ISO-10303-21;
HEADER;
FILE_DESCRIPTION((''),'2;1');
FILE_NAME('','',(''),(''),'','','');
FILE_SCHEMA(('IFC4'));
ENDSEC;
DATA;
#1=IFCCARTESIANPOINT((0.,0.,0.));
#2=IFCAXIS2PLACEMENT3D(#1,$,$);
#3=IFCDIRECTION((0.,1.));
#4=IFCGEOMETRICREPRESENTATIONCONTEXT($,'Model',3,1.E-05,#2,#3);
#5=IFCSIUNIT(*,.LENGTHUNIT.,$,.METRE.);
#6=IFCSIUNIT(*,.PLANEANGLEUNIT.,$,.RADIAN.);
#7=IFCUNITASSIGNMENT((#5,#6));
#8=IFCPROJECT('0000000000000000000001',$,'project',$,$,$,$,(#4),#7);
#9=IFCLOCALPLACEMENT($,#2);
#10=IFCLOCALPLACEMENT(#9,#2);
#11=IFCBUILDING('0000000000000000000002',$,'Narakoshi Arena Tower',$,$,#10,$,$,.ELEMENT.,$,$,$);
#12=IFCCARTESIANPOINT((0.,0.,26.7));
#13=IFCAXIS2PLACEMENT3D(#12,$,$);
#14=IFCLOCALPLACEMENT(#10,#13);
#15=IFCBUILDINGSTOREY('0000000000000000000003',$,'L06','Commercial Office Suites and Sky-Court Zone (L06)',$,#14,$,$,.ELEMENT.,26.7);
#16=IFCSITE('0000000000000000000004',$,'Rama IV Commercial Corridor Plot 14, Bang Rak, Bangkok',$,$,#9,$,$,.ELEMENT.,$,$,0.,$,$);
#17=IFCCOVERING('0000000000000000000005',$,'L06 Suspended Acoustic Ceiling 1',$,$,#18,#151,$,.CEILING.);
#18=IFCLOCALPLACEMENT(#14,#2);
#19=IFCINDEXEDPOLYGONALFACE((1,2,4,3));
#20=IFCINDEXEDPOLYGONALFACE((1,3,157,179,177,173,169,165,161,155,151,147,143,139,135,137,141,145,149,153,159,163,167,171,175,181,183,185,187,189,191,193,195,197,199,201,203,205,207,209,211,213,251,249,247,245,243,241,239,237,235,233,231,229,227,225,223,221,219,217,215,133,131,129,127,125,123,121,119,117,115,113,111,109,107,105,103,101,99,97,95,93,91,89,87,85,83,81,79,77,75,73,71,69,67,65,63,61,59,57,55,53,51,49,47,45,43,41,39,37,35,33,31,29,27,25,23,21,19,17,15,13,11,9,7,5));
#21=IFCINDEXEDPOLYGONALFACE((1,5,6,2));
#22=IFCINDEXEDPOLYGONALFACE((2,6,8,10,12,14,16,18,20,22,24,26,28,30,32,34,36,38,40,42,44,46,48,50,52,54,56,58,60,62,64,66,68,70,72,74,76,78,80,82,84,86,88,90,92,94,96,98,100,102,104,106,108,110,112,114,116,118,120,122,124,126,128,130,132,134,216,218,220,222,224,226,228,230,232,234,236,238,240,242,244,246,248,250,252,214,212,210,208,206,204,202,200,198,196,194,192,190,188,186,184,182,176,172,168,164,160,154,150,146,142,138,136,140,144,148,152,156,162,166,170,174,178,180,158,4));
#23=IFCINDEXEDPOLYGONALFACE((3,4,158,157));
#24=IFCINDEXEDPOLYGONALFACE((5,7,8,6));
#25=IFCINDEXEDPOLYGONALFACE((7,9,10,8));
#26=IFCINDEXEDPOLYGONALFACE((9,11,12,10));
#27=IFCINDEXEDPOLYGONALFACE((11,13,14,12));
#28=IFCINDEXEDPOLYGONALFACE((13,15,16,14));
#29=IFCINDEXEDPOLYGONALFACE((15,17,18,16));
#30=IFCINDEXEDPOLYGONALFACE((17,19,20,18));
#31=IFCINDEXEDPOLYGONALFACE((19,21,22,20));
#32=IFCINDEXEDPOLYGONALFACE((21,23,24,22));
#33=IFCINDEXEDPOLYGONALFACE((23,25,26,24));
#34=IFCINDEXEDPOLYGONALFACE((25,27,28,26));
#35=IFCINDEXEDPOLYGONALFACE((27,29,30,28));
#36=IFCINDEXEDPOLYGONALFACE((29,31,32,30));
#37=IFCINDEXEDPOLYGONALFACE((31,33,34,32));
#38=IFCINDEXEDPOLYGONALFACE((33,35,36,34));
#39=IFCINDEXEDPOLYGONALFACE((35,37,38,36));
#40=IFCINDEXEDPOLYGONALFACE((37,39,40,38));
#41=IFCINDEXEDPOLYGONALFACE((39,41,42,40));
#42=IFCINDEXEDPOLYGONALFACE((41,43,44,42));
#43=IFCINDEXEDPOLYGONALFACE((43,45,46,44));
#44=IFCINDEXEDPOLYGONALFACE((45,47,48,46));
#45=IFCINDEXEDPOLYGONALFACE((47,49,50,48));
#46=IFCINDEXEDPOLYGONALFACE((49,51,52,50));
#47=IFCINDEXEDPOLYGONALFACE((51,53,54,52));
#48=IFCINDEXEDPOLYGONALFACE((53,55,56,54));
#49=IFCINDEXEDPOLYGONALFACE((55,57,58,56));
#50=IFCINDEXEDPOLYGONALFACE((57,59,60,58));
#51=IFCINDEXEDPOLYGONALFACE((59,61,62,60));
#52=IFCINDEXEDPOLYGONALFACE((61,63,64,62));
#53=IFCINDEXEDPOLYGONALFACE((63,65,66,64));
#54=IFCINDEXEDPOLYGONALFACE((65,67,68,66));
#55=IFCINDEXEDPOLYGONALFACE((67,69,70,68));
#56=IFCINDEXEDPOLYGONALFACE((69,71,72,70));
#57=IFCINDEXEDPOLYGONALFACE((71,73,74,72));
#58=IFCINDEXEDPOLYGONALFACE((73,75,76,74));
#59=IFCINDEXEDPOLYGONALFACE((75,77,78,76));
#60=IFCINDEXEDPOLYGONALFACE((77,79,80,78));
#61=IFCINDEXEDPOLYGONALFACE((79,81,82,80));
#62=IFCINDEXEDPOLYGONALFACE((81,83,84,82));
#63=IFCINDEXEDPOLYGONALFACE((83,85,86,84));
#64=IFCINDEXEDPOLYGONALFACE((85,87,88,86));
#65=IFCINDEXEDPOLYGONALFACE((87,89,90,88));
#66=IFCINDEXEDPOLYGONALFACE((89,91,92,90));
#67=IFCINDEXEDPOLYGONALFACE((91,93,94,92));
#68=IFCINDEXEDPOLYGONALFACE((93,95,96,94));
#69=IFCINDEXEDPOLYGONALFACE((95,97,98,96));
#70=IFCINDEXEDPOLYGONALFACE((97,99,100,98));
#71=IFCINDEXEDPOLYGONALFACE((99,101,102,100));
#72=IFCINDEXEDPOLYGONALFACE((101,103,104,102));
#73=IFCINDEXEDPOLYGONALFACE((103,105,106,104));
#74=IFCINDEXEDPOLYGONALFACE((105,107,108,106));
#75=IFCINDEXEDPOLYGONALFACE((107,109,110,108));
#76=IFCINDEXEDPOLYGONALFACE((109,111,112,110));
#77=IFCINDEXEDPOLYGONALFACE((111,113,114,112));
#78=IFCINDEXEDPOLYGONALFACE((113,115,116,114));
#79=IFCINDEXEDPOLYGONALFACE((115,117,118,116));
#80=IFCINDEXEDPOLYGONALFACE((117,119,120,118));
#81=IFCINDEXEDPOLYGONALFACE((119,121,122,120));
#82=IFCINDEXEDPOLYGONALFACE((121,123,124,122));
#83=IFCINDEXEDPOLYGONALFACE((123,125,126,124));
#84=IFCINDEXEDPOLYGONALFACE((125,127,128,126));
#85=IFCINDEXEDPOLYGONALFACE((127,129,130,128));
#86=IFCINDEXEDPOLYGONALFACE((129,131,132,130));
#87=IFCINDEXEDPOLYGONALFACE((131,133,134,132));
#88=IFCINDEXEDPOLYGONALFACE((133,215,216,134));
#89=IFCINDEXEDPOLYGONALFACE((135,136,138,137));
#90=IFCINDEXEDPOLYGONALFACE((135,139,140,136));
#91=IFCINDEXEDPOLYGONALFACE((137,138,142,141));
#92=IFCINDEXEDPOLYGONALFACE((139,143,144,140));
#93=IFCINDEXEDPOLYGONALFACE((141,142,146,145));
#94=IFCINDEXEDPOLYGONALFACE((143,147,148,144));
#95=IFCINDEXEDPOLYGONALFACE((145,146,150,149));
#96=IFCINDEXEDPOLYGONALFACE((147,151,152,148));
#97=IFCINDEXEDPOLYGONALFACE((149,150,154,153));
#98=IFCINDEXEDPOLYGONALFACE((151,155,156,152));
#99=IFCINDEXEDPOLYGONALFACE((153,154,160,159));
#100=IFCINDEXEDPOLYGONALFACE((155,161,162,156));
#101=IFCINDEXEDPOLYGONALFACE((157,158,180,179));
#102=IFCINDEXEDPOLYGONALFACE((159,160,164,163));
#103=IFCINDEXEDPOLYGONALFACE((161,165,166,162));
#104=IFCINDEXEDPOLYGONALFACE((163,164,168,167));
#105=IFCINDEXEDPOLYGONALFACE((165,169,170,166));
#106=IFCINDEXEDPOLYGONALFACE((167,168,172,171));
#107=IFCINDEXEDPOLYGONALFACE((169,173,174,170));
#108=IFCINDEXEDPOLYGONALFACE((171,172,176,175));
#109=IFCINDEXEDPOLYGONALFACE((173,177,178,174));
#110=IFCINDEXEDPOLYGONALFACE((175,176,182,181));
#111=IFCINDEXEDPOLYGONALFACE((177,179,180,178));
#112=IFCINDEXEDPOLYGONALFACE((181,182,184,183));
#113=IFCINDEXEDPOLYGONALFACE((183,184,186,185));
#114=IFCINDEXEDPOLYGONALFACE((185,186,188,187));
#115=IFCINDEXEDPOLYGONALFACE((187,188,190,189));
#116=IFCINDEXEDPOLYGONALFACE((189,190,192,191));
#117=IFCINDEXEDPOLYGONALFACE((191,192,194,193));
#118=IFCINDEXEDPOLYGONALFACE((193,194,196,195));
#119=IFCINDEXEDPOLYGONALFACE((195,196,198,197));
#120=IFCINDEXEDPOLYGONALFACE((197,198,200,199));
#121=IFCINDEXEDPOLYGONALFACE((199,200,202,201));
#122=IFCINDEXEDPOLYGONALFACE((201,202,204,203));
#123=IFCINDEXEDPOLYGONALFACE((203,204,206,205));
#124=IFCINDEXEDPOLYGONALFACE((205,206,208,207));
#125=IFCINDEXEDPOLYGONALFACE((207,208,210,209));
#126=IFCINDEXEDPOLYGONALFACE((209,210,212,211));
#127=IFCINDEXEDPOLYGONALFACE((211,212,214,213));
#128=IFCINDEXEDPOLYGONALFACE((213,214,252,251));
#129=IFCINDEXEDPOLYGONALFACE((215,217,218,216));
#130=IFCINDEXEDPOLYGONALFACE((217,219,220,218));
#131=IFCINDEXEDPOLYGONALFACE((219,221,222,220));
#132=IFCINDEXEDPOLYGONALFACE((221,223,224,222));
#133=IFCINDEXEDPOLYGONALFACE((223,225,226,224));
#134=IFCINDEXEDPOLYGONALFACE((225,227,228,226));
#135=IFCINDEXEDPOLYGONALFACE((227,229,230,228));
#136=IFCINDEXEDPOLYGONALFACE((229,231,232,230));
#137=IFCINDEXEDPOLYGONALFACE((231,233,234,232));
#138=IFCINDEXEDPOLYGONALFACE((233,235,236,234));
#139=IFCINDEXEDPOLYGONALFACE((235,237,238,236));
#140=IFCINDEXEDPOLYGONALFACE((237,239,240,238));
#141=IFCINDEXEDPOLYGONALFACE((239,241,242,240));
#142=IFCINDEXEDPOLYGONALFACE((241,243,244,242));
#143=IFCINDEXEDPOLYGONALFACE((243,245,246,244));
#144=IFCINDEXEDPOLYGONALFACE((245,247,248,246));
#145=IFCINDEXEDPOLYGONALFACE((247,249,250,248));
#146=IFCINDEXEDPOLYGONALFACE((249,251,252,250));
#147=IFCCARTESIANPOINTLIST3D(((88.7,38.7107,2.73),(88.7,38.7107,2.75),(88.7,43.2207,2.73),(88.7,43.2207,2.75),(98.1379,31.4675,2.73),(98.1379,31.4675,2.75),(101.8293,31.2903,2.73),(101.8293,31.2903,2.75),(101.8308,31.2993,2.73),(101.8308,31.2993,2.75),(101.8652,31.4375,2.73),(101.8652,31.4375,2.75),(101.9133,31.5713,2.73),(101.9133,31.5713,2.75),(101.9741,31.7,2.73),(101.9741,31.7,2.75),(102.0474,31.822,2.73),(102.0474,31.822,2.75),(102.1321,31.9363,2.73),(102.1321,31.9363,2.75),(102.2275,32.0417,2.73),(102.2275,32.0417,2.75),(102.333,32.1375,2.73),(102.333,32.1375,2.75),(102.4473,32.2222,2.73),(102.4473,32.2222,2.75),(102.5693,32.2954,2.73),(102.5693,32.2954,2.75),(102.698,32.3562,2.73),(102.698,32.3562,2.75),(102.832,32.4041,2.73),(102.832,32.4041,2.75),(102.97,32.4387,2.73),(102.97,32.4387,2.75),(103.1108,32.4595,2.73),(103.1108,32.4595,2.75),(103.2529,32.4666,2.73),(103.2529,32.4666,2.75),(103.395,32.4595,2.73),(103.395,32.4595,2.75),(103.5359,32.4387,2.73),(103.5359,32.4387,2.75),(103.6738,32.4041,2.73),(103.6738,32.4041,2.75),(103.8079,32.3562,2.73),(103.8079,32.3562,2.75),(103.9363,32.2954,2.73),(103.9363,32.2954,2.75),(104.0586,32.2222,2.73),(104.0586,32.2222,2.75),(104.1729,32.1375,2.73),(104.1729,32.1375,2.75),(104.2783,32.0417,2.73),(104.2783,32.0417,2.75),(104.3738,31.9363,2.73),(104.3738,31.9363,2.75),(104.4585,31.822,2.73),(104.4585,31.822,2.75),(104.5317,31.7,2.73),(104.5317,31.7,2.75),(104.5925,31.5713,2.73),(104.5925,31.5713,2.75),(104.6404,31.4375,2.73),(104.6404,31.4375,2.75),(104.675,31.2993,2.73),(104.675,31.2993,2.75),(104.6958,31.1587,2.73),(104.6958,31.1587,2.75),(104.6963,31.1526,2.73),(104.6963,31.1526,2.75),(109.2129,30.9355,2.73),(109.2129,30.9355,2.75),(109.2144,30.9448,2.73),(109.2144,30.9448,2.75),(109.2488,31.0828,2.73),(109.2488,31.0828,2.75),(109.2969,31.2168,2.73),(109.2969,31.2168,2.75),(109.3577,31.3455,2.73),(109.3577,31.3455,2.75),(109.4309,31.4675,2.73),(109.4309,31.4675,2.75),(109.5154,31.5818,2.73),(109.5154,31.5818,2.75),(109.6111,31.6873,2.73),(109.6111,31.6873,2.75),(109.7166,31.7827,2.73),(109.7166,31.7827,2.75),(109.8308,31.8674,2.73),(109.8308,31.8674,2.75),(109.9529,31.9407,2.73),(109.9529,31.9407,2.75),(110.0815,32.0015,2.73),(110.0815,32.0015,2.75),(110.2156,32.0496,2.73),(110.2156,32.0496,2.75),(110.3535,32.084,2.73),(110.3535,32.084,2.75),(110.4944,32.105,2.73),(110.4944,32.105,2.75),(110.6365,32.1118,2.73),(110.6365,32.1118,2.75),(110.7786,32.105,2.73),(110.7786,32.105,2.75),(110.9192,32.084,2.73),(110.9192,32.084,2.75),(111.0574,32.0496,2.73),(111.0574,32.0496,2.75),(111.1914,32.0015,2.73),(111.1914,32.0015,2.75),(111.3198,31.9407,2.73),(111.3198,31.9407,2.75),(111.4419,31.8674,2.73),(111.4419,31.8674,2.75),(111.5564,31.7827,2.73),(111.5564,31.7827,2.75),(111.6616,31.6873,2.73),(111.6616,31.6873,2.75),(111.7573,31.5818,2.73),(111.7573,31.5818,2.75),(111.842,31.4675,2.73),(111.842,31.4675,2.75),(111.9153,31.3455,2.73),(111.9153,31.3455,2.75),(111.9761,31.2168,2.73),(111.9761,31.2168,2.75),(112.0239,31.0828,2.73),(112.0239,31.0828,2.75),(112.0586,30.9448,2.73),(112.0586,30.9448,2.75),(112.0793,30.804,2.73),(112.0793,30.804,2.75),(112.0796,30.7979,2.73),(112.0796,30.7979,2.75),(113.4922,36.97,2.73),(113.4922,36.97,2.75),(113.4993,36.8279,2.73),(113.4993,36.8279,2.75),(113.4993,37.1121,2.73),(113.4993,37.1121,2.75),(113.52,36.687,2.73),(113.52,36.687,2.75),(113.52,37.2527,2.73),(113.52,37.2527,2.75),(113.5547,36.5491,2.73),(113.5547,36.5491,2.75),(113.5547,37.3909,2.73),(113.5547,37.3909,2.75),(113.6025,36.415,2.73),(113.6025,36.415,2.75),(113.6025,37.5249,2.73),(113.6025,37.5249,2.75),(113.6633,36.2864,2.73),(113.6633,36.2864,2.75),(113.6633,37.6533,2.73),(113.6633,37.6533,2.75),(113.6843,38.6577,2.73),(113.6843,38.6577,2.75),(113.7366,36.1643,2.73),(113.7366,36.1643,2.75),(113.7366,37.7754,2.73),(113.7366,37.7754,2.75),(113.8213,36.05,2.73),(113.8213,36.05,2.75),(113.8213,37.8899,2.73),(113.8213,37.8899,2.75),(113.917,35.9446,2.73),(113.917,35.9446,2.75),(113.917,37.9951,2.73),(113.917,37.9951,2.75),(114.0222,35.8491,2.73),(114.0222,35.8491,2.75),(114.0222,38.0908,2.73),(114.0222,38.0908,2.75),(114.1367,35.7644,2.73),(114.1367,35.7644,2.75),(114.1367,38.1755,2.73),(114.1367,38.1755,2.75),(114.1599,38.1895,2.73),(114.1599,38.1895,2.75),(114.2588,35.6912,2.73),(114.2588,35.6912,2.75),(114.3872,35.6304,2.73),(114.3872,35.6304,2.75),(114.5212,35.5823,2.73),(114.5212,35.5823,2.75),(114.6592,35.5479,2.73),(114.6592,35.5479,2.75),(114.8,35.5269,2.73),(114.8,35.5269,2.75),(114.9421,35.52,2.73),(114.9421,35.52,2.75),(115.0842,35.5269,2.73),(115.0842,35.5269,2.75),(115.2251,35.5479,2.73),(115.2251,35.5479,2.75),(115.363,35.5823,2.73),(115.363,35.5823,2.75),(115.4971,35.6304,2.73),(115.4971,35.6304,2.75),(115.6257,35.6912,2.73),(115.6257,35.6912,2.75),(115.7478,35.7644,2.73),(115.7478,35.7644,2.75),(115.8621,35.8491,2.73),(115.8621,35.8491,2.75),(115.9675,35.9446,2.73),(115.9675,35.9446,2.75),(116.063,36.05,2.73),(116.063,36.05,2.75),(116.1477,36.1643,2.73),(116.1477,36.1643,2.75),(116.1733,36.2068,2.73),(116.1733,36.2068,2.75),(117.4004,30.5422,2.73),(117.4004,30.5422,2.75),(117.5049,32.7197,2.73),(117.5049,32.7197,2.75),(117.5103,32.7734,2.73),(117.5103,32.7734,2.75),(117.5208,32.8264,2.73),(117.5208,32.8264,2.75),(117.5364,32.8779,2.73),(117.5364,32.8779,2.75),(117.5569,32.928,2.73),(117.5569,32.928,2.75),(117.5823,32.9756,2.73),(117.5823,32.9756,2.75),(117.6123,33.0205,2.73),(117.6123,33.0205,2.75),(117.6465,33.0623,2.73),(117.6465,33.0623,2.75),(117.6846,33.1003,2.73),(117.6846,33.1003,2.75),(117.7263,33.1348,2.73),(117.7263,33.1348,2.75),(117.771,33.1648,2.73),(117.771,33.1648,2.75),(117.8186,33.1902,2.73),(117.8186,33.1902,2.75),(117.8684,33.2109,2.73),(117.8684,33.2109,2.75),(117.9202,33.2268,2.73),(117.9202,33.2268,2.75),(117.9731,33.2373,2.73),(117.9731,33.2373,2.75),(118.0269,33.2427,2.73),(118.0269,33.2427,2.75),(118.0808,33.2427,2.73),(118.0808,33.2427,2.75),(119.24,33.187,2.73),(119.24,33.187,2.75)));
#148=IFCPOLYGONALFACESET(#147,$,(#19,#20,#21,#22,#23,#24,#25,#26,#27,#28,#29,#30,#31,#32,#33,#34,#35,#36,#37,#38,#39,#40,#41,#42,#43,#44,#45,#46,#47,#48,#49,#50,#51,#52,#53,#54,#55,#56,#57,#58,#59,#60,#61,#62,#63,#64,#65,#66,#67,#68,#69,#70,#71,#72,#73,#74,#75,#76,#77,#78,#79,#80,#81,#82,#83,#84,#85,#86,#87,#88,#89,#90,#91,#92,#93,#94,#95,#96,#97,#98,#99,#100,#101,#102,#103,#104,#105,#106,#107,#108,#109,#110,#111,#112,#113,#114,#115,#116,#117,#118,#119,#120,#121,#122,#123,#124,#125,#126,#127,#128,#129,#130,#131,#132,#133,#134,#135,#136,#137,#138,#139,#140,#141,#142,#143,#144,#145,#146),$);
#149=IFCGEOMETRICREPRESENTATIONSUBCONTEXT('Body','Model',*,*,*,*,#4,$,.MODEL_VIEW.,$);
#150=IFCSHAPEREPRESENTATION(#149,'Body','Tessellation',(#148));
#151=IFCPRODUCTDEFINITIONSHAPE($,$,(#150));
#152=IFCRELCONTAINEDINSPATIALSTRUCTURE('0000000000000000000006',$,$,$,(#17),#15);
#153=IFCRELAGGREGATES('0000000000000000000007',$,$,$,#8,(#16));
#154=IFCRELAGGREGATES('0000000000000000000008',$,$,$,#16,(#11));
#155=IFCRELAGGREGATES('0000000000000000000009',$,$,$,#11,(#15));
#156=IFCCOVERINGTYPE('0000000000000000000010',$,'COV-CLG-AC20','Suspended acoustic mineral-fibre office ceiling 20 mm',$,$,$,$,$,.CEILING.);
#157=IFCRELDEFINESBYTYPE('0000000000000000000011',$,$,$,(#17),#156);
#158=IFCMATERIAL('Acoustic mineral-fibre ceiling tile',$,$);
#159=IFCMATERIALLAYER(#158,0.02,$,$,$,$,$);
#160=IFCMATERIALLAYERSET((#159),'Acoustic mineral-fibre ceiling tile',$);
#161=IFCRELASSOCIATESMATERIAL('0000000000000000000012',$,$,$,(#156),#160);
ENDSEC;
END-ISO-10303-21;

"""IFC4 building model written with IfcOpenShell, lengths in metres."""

from ifc_helpers import new_model, si_unit, direction, frame, origin, place, context, subcontext, project, spatial, polyline, outline, extrude, material, layer, layer_set, type_object, element, save


model = new_model("IFC4")

# Units and contexts
model_context = context("Model", 3, precision=1e-05, world=origin(), true_north=direction((0.0, 1.0)))
body_context = subcontext(model_context, "Body", "Model", "MODEL_VIEW")
ifc_project = project(units=[si_unit("LENGTHUNIT", "METRE"), si_unit("PLANEANGLEUNIT", "RADIAN")], contexts=[model_context])

# Site, building, storey
site_placement = place(None, origin())
site = spatial("IfcSite", under=ifc_project, at=site_placement, Name="Rama IV Commercial Corridor Plot 14, Bang Rak, Bangkok", CompositionType="ELEMENT", RefElevation=0.0)
building_placement = place(site_placement, origin())
building = spatial("IfcBuilding", under=site, at=building_placement, Name="Narakoshi Arena Tower", CompositionType="ELEMENT")
storey_placement = place(building_placement, frame((0.0, 0.0, 26.7)))
storey = spatial("IfcBuildingStorey", under=building, at=storey_placement, Name="L06", Description="Commercial Office Suites and Sky-Court Zone (L06)", CompositionType="ELEMENT", Elevation=26.7)

# Covering
ifc_material_1 = material(Name="Acoustic mineral-fibre ceiling tile")
ifc_layer_1 = layer(ifc_material_1, 0.02)
ifc_layer_set_1 = layer_set([ifc_layer_1], Name="Acoustic mineral-fibre ceiling tile")
covering_type_1 = type_object("IfcCoveringType", Name="COV-CLG-AC20", Description="Suspended acoustic mineral-fibre office ceiling 20 mm", PredefinedType="CEILING", material=ifc_layer_set_1)
covering_1_placement = place(storey_placement, frame((0.0, 0.0, 2.73)))
element("IfcCovering", 1, at=covering_1_placement, inside=storey, type_object=covering_type_1, Name="L06 Suspended Acoustic Ceiling 1", PredefinedType="CEILING", context=body_context, shape_type="SweptSolid", body=[
    extrude(outline(polyline([(112.0796, 30.7979), (112.0793, 30.804), (112.0586, 30.9448), (112.0239, 31.0828), (111.9761, 31.2168), (111.9153, 31.3455), (111.842, 31.4675), (111.7573, 31.5818), (111.6616, 31.6873), (111.5564, 31.7827), (111.4419, 31.8674), (111.3198, 31.9407), (111.1914, 32.0015), (111.0574, 32.0496), (110.9192, 32.084), (110.7786, 32.105), (110.6365, 32.1118), (110.4944, 32.105), (110.3535, 32.084), (110.2156, 32.0496), (110.0815, 32.0015), (109.9529, 31.9407), (109.8308, 31.8674), (109.7166, 31.7827), (109.6111, 31.6873), (109.5154, 31.5818), (109.4309, 31.4675), (109.3577, 31.3455), (109.2969, 31.2168), (109.2488, 31.0828), (109.2144, 30.9448), (109.2129, 30.9355), (104.6963, 31.1526), (104.6958, 31.1587), (104.675, 31.2993), (104.6404, 31.4375), (104.5925, 31.5713), (104.5317, 31.7), (104.4585, 31.822), (104.3738, 31.9363), (104.2783, 32.0417), (104.1729, 32.1375), (104.0586, 32.2222), (103.9363, 32.2954), (103.8079, 32.3562), (103.6738, 32.4041), (103.5359, 32.4387), (103.395, 32.4595), (103.2529, 32.4666), (103.1108, 32.4595), (102.97, 32.4387), (102.832, 32.4041), (102.698, 32.3562), (102.5693, 32.2954), (102.4473, 32.2222), (102.333, 32.1375), (102.2275, 32.0417), (102.1321, 31.9363), (102.0474, 31.822), (101.9741, 31.7), (101.9133, 31.5713), (101.8652, 31.4375), (101.8308, 31.2993), (101.8293, 31.2903), (98.1379, 31.4675), (88.7, 38.7107), (88.7, 43.2207), (113.6843, 38.6577), (114.1599, 38.1895), (114.1367, 38.1755), (114.0222, 38.0908), (113.917, 37.9951), (113.8213, 37.8899), (113.7366, 37.7754), (113.6633, 37.6533), (113.6025, 37.5249), (113.5547, 37.3909), (113.52, 37.2527), (113.4993, 37.1121), (113.4922, 36.97), (113.4993, 36.8279), (113.52, 36.687), (113.5547, 36.5491), (113.6025, 36.415), (113.6633, 36.2864), (113.7366, 36.1643), (113.8213, 36.05), (113.917, 35.9446), (114.0222, 35.8491), (114.1367, 35.7644), (114.2588, 35.6912), (114.3872, 35.6304), (114.5212, 35.5823), (114.6592, 35.5479), (114.8, 35.5269), (114.9421, 35.52), (115.0842, 35.5269), (115.2251, 35.5479), (115.363, 35.5823), (115.4971, 35.6304), (115.6257, 35.6912), (115.7478, 35.7644), (115.8621, 35.8491), (115.9675, 35.9446), (116.063, 36.05), (116.1477, 36.1643), (116.1733, 36.2068), (119.24, 33.187), (118.0808, 33.2427), (118.0269, 33.2427), (117.9731, 33.2373), (117.9202, 33.2268), (117.8684, 33.2109), (117.8186, 33.1902), (117.771, 33.1648), (117.7263, 33.1348), (117.6846, 33.1003), (117.6465, 33.0623), (117.6123, 33.0205), (117.5823, 32.9756), (117.5569, 32.928), (117.5364, 32.8779), (117.5208, 32.8264), (117.5103, 32.7734), (117.5049, 32.7197), (117.4004, 30.5422), (112.0796, 30.7979)])), origin(), (0.0, 0.0, 1.0), 0.02),
])

save(model, "model.ifc")
